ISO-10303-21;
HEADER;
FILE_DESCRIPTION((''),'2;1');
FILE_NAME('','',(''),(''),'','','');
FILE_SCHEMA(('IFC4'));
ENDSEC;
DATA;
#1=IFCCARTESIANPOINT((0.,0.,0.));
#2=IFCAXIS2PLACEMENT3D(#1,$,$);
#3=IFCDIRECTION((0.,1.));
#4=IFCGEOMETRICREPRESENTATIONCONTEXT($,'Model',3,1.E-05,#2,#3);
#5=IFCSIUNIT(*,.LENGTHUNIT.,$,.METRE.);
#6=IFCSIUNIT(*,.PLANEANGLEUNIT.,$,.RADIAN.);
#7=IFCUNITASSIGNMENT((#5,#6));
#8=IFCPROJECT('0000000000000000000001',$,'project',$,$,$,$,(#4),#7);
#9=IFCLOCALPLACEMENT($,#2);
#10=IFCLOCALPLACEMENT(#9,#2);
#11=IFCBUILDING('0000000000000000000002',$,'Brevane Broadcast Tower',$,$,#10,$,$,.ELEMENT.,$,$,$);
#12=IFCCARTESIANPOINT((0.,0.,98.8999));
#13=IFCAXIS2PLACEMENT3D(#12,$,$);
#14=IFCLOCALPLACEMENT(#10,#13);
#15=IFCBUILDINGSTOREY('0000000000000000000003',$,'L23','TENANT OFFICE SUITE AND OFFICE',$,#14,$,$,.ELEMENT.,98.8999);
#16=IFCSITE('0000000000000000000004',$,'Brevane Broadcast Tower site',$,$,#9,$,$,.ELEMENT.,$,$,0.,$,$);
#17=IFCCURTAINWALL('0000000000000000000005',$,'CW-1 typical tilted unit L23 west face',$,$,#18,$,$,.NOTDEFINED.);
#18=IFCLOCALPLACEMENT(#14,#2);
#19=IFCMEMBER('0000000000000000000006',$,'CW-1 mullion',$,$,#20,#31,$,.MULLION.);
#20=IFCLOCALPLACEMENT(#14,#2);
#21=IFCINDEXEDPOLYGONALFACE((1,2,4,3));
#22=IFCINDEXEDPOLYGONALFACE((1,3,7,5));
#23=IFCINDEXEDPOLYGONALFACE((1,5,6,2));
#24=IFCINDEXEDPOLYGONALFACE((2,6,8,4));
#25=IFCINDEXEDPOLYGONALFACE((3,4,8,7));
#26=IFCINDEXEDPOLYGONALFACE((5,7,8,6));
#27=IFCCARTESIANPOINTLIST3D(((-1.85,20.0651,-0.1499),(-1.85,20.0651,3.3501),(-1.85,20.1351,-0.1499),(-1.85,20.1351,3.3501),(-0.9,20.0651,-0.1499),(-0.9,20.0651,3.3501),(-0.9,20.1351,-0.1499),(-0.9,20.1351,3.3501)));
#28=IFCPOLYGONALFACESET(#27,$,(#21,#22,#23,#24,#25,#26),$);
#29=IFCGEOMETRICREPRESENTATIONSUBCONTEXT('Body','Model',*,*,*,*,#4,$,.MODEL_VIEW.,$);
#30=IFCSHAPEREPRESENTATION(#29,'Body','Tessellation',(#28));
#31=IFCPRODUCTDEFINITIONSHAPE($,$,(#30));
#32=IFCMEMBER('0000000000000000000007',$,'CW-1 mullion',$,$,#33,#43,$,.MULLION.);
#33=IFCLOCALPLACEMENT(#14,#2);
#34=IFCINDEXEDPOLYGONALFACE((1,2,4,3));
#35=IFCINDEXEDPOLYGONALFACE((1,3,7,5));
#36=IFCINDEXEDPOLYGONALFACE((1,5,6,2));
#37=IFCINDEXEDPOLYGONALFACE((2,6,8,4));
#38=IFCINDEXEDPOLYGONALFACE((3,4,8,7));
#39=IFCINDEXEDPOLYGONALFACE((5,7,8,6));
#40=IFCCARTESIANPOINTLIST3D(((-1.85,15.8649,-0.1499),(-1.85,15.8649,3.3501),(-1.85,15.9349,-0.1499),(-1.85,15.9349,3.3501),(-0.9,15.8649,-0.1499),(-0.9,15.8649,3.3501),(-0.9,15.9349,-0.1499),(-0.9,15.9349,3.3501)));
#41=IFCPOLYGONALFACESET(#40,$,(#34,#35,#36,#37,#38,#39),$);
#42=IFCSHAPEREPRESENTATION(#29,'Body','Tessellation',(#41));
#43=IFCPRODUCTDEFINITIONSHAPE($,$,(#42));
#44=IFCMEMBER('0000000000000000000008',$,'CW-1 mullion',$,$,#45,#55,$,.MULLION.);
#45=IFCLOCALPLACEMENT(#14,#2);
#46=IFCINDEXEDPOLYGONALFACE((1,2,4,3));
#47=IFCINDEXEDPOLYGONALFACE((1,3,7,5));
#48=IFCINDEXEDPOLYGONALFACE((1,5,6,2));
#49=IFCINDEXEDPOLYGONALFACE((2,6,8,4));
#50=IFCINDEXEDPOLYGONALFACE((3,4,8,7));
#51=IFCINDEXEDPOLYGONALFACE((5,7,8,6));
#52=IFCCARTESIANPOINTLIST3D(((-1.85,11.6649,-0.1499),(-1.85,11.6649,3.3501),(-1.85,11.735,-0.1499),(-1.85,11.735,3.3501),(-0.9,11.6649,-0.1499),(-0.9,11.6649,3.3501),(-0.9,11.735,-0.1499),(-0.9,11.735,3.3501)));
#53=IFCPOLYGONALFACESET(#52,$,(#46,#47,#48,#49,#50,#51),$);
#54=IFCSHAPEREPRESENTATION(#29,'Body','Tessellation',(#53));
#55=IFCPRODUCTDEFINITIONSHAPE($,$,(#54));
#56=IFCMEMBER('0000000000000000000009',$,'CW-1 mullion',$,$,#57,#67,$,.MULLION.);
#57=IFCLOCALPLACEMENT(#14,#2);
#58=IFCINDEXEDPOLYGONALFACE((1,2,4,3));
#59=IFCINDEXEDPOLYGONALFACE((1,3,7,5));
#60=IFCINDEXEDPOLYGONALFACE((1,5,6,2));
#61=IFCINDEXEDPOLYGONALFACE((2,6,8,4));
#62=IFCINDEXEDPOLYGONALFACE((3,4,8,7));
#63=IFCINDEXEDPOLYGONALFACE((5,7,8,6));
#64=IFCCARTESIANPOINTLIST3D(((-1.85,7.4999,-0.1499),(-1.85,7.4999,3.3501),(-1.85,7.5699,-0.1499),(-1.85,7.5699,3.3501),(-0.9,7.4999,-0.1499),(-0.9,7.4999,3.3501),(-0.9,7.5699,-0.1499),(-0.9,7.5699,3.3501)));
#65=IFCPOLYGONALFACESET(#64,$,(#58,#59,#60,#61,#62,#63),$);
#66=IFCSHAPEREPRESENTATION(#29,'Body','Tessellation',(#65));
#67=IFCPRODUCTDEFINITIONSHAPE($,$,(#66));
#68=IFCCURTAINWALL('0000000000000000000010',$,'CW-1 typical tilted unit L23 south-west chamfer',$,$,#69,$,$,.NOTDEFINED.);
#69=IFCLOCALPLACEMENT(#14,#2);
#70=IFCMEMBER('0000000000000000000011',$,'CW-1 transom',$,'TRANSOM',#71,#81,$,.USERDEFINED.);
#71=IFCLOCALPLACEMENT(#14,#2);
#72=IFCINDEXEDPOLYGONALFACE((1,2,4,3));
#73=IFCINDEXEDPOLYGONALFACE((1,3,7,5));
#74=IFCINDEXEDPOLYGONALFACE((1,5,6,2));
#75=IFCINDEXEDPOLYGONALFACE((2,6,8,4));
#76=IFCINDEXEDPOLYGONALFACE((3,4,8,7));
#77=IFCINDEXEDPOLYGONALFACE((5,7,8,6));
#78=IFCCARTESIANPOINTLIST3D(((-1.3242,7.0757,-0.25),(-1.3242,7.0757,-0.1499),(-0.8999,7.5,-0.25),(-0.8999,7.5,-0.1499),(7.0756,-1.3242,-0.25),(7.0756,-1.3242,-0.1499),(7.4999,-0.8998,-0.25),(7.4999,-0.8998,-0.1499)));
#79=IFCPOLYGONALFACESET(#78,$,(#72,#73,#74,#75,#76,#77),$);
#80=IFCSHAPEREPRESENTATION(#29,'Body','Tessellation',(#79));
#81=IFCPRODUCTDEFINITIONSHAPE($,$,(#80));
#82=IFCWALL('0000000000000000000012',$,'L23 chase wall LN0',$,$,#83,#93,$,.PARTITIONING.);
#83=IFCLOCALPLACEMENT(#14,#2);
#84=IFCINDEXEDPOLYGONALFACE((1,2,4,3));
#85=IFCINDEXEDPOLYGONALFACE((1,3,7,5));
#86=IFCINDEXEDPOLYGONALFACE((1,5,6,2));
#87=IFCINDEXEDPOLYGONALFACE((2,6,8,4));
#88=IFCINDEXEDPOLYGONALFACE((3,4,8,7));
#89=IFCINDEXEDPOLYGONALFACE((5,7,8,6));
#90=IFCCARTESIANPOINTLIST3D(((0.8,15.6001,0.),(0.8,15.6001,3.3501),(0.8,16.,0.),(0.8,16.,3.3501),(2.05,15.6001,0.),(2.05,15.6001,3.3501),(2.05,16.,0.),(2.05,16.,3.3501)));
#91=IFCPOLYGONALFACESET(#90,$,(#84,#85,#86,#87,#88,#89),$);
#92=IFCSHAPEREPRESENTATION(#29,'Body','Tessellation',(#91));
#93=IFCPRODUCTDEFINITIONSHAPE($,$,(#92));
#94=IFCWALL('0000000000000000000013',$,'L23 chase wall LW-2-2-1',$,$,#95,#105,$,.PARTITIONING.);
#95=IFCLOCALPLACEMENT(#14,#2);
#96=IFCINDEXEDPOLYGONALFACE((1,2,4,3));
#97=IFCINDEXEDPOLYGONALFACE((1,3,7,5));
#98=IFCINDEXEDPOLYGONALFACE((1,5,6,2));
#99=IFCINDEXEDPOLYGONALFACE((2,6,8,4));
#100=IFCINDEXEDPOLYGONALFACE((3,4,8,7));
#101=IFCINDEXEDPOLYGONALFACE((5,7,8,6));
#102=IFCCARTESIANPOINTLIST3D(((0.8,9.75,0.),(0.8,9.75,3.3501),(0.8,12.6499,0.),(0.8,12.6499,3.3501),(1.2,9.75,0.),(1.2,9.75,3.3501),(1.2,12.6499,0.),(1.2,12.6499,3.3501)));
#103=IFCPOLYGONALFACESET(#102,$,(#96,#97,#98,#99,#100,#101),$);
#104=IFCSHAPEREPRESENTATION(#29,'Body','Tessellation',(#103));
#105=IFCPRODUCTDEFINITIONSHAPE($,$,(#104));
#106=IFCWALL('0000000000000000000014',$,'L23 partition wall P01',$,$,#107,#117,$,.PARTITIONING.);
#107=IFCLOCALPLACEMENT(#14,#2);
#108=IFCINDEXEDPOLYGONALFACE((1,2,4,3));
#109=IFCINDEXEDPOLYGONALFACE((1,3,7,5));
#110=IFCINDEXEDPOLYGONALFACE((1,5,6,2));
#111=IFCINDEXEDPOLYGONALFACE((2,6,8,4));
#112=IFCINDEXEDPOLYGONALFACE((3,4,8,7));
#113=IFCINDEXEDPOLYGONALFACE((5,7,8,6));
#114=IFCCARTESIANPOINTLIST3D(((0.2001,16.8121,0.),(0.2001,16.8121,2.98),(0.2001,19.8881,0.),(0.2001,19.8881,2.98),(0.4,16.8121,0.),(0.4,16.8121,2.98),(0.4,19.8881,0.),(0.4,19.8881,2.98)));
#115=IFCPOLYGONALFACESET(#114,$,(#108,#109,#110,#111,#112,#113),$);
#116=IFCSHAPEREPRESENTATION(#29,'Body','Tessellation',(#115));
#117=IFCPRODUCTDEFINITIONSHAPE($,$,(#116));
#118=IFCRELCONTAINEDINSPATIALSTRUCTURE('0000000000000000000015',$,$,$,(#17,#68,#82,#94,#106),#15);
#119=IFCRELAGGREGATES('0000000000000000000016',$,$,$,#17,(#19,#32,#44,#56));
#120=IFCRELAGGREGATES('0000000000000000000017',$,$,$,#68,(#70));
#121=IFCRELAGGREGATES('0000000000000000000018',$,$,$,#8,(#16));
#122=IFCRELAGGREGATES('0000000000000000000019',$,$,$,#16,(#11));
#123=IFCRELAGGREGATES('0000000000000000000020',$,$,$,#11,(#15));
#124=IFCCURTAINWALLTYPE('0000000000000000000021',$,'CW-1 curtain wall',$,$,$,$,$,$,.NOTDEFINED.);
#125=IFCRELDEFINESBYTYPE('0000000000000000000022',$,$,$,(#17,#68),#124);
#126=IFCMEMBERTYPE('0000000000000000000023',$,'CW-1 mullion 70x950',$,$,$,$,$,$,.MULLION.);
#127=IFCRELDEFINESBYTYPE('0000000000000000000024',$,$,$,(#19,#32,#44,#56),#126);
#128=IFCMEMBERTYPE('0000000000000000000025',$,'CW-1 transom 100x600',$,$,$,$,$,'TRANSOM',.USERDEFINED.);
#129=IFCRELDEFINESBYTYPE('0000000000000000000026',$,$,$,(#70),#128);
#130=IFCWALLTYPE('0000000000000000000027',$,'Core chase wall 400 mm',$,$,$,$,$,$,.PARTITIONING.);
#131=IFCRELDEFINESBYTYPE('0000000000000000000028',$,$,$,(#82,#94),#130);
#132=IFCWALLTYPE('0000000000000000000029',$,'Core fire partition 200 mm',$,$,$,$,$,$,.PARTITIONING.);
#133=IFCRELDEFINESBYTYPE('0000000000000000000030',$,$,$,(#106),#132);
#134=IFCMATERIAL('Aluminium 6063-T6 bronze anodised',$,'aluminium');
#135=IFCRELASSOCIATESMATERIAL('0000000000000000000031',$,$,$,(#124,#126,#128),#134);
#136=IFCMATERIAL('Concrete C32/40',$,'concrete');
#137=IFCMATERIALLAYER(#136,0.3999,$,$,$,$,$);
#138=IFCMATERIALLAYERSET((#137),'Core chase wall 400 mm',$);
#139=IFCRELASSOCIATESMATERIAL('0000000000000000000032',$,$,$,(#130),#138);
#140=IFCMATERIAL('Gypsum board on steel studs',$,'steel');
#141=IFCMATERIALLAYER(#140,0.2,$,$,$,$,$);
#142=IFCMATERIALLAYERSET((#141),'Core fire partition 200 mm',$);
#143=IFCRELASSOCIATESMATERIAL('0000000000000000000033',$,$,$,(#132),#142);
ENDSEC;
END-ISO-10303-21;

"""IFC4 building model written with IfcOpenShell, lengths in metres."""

from ifc_helpers import new_model, si_unit, direction, frame, frame_2d, origin, origin_2d, place, context, subcontext, project, spatial, rectangle, extrude, material, layer, layer_set, material_profile, profile_set, type_object, element, aggregate, save


model = new_model("IFC4")

# Units and contexts
model_context = context("Model", 3, precision=1e-05, world=origin(), true_north=direction((0.0, 1.0)))
body_context = subcontext(model_context, "Body", "Model", "MODEL_VIEW")
ifc_project = project(units=[si_unit("LENGTHUNIT", "METRE"), si_unit("PLANEANGLEUNIT", "RADIAN")], contexts=[model_context])

# Site, building, storey
site_placement = place(None, origin())
site = spatial("IfcSite", under=ifc_project, at=site_placement, Name="Brevane Broadcast Tower site", CompositionType="ELEMENT", RefElevation=0.0)
building_placement = place(site_placement, origin())
building = spatial("IfcBuilding", under=site, at=building_placement, Name="Brevane Broadcast Tower", CompositionType="ELEMENT")
storey_placement = place(building_placement, frame((0.0, 0.0, 98.8999)))
storey = spatial("IfcBuildingStorey", under=building, at=storey_placement, Name="L23", Description="TENANT OFFICE SUITE AND OFFICE", CompositionType="ELEMENT", Elevation=98.8999)

# Curtain wall, members
ifc_material_1 = material(Name="Aluminium 6063-T6 bronze anodised", Category="aluminium")
curtain_wall_type = type_object("IfcCurtainWallType", Name="CW-1 curtain wall", PredefinedType="NOTDEFINED", material=ifc_material_1)
curtain_wall_1_placement = place(storey_placement, origin())
curtain_wall_1 = element("IfcCurtainWall", 1, at=curtain_wall_1_placement, inside=storey, type_object=curtain_wall_type, Name="CW-1 typical tilted unit L23 west face", PredefinedType="NOTDEFINED")
ifc_material_profile_1 = material_profile(ifc_material_1, rectangle(XDim=0.95, YDim=0.0701, at=origin_2d()), Name="RECT 70x950")
ifc_profile_set_1 = profile_set([ifc_material_profile_1], Name="Aluminium 6063-T6 bronze anodised")
member_type_1 = type_object("IfcMemberType", Name="CW-1 mullion 70x950", PredefinedType="MULLION", material=ifc_profile_set_1)
member_1_placement = place(storey_placement, frame((-1.375, 20.1001, -0.1499), z_axis=(0.0, 0.0, 1.0), x_axis=(1.0, 0.0, 0.0)))
member_1 = element("IfcMember", 2, at=member_1_placement, type_object=member_type_1, Name="CW-1 mullion", PredefinedType="MULLION", context=body_context, shape_type="SweptSolid", body=[
    extrude(rectangle(XDim=0.95, YDim=0.0701, at=origin_2d()), origin(), (0.0, 0.0, 1.0), 3.5),
])
member_2_placement = place(storey_placement, frame((-1.375, 15.8999, -0.1499), z_axis=(0.0, 0.0, 1.0), x_axis=(1.0, 0.0, 0.0)))
member_2 = element("IfcMember", 3, at=member_2_placement, type_object=member_type_1, Name="CW-1 mullion", PredefinedType="MULLION", context=body_context, shape_type="SweptSolid", body=[
    extrude(rectangle(XDim=0.95, YDim=0.0701, at=origin_2d()), origin(), (0.0, 0.0, 1.0), 3.5),
])
member_3_placement = place(storey_placement, frame((-1.375, 11.7, -0.1499), z_axis=(0.0, 0.0, 1.0), x_axis=(1.0, 0.0, 0.0)))
member_3 = element("IfcMember", 4, at=member_3_placement, type_object=member_type_1, Name="CW-1 mullion", PredefinedType="MULLION", context=body_context, shape_type="SweptSolid", body=[
    extrude(rectangle(XDim=0.95, YDim=0.0701, at=origin_2d()), origin(), (0.0, 0.0, 1.0), 3.5),
])
member_4_placement = place(storey_placement, frame((-1.375, 7.5349, -0.1499), z_axis=(0.0, 0.0, 1.0), x_axis=(1.0, 0.0, 0.0)))
member_4 = element("IfcMember", 5, at=member_4_placement, type_object=member_type_1, Name="CW-1 mullion", PredefinedType="MULLION", context=body_context, shape_type="SweptSolid", body=[
    extrude(rectangle(XDim=0.95, YDim=0.0701, at=origin_2d()), origin(), (0.0, 0.0, 1.0), 3.5),
])
aggregate(curtain_wall_1, [member_1, member_2, member_3, member_4])

# Curtain wall, member
curtain_wall_2_placement = place(storey_placement, origin())
curtain_wall_2 = element("IfcCurtainWall", 6, at=curtain_wall_2_placement, inside=storey, type_object=curtain_wall_type, Name="CW-1 typical tilted unit L23 south-west chamfer", PredefinedType="NOTDEFINED")
ifc_material_profile_2 = material_profile(ifc_material_1, rectangle(XDim=0.6001, YDim=0.1001, at=origin_2d()), Name="RECT 100x600")
ifc_profile_set_2 = profile_set([ifc_material_profile_2], Name="Aluminium 6063-T6 bronze anodised")
member_type_2 = type_object("IfcMemberType", Name="CW-1 transom 100x600", ElementType="TRANSOM", PredefinedType="USERDEFINED", material=ifc_profile_set_2)
member_5_placement = place(storey_placement, frame((-1.1121, 7.2878, -0.2), z_axis=(0.707107, -0.707107, 0.0), x_axis=(0.707107, 0.707107, 0.0)))
member_5 = element("IfcMember", 7, at=member_5_placement, type_object=member_type_2, Name="CW-1 transom", ObjectType="TRANSOM", PredefinedType="USERDEFINED", context=body_context, shape_type="SweptSolid", body=[
    extrude(rectangle(XDim=0.6001, YDim=0.1001, at=origin_2d()), origin(), (0.0, 0.0, 1.0), 11.8792),
])
aggregate(curtain_wall_2, [member_5])

# Walls
ifc_material_2 = material(Name="Concrete C32/40", Category="concrete")
ifc_layer_1 = layer(ifc_material_2, 0.3999)
ifc_layer_set_1 = layer_set([ifc_layer_1], Name="Core chase wall 400 mm")
wall_type_1 = type_object("IfcWallType", Name="Core chase wall 400 mm", PredefinedType="PARTITIONING", material=ifc_layer_set_1)
wall_1_placement = place(storey_placement, frame((0.8, 15.8, 0.0), z_axis=(0.0, 0.0, 1.0), x_axis=(1.0, 0.0, 0.0)))
element("IfcWall", 8, at=wall_1_placement, inside=storey, type_object=wall_type_1, Name="L23 chase wall LN0", PredefinedType="PARTITIONING", context=body_context, shape_type="SweptSolid", body=[
    extrude(rectangle(XDim=1.25, YDim=0.3999, at=frame_2d((0.625, 0.0))), origin(), (0.0, 0.0, 1.0), 3.3501),
])
wall_2_placement = place(storey_placement, frame((1.0, 9.75, 0.0), z_axis=(0.0, 0.0, 1.0), x_axis=(0.0, 1.0, 0.0)))
element("IfcWall", 9, at=wall_2_placement, inside=storey, type_object=wall_type_1, Name="L23 chase wall LW-2-2-1", PredefinedType="PARTITIONING", context=body_context, shape_type="SweptSolid", body=[
    extrude(rectangle(XDim=2.8999, YDim=0.3999, at=frame_2d((1.45, 0.0))), origin(), (0.0, 0.0, 1.0), 3.3501),
])
ifc_material_3 = material(Name="Gypsum board on steel studs", Category="steel")
ifc_layer_2 = layer(ifc_material_3, 0.2)
ifc_layer_set_2 = layer_set([ifc_layer_2], Name="Core fire partition 200 mm")
wall_type_2 = type_object("IfcWallType", Name="Core fire partition 200 mm", PredefinedType="PARTITIONING", material=ifc_layer_set_2)
wall_3_placement = place(storey_placement, frame((0.3, 16.812, 0.0), z_axis=(0.0, 0.0, 1.0), x_axis=(0.0, 1.0, 0.0)))
element("IfcWall", 10, at=wall_3_placement, inside=storey, type_object=wall_type_2, Name="L23 partition wall P01", PredefinedType="PARTITIONING", context=body_context, shape_type="SweptSolid", body=[
    extrude(rectangle(XDim=3.0759, YDim=0.2, at=frame_2d((1.5381, 0.0))), origin(), (0.0, 0.0, 1.0), 2.98),
])

save(model, "model.ifc")
